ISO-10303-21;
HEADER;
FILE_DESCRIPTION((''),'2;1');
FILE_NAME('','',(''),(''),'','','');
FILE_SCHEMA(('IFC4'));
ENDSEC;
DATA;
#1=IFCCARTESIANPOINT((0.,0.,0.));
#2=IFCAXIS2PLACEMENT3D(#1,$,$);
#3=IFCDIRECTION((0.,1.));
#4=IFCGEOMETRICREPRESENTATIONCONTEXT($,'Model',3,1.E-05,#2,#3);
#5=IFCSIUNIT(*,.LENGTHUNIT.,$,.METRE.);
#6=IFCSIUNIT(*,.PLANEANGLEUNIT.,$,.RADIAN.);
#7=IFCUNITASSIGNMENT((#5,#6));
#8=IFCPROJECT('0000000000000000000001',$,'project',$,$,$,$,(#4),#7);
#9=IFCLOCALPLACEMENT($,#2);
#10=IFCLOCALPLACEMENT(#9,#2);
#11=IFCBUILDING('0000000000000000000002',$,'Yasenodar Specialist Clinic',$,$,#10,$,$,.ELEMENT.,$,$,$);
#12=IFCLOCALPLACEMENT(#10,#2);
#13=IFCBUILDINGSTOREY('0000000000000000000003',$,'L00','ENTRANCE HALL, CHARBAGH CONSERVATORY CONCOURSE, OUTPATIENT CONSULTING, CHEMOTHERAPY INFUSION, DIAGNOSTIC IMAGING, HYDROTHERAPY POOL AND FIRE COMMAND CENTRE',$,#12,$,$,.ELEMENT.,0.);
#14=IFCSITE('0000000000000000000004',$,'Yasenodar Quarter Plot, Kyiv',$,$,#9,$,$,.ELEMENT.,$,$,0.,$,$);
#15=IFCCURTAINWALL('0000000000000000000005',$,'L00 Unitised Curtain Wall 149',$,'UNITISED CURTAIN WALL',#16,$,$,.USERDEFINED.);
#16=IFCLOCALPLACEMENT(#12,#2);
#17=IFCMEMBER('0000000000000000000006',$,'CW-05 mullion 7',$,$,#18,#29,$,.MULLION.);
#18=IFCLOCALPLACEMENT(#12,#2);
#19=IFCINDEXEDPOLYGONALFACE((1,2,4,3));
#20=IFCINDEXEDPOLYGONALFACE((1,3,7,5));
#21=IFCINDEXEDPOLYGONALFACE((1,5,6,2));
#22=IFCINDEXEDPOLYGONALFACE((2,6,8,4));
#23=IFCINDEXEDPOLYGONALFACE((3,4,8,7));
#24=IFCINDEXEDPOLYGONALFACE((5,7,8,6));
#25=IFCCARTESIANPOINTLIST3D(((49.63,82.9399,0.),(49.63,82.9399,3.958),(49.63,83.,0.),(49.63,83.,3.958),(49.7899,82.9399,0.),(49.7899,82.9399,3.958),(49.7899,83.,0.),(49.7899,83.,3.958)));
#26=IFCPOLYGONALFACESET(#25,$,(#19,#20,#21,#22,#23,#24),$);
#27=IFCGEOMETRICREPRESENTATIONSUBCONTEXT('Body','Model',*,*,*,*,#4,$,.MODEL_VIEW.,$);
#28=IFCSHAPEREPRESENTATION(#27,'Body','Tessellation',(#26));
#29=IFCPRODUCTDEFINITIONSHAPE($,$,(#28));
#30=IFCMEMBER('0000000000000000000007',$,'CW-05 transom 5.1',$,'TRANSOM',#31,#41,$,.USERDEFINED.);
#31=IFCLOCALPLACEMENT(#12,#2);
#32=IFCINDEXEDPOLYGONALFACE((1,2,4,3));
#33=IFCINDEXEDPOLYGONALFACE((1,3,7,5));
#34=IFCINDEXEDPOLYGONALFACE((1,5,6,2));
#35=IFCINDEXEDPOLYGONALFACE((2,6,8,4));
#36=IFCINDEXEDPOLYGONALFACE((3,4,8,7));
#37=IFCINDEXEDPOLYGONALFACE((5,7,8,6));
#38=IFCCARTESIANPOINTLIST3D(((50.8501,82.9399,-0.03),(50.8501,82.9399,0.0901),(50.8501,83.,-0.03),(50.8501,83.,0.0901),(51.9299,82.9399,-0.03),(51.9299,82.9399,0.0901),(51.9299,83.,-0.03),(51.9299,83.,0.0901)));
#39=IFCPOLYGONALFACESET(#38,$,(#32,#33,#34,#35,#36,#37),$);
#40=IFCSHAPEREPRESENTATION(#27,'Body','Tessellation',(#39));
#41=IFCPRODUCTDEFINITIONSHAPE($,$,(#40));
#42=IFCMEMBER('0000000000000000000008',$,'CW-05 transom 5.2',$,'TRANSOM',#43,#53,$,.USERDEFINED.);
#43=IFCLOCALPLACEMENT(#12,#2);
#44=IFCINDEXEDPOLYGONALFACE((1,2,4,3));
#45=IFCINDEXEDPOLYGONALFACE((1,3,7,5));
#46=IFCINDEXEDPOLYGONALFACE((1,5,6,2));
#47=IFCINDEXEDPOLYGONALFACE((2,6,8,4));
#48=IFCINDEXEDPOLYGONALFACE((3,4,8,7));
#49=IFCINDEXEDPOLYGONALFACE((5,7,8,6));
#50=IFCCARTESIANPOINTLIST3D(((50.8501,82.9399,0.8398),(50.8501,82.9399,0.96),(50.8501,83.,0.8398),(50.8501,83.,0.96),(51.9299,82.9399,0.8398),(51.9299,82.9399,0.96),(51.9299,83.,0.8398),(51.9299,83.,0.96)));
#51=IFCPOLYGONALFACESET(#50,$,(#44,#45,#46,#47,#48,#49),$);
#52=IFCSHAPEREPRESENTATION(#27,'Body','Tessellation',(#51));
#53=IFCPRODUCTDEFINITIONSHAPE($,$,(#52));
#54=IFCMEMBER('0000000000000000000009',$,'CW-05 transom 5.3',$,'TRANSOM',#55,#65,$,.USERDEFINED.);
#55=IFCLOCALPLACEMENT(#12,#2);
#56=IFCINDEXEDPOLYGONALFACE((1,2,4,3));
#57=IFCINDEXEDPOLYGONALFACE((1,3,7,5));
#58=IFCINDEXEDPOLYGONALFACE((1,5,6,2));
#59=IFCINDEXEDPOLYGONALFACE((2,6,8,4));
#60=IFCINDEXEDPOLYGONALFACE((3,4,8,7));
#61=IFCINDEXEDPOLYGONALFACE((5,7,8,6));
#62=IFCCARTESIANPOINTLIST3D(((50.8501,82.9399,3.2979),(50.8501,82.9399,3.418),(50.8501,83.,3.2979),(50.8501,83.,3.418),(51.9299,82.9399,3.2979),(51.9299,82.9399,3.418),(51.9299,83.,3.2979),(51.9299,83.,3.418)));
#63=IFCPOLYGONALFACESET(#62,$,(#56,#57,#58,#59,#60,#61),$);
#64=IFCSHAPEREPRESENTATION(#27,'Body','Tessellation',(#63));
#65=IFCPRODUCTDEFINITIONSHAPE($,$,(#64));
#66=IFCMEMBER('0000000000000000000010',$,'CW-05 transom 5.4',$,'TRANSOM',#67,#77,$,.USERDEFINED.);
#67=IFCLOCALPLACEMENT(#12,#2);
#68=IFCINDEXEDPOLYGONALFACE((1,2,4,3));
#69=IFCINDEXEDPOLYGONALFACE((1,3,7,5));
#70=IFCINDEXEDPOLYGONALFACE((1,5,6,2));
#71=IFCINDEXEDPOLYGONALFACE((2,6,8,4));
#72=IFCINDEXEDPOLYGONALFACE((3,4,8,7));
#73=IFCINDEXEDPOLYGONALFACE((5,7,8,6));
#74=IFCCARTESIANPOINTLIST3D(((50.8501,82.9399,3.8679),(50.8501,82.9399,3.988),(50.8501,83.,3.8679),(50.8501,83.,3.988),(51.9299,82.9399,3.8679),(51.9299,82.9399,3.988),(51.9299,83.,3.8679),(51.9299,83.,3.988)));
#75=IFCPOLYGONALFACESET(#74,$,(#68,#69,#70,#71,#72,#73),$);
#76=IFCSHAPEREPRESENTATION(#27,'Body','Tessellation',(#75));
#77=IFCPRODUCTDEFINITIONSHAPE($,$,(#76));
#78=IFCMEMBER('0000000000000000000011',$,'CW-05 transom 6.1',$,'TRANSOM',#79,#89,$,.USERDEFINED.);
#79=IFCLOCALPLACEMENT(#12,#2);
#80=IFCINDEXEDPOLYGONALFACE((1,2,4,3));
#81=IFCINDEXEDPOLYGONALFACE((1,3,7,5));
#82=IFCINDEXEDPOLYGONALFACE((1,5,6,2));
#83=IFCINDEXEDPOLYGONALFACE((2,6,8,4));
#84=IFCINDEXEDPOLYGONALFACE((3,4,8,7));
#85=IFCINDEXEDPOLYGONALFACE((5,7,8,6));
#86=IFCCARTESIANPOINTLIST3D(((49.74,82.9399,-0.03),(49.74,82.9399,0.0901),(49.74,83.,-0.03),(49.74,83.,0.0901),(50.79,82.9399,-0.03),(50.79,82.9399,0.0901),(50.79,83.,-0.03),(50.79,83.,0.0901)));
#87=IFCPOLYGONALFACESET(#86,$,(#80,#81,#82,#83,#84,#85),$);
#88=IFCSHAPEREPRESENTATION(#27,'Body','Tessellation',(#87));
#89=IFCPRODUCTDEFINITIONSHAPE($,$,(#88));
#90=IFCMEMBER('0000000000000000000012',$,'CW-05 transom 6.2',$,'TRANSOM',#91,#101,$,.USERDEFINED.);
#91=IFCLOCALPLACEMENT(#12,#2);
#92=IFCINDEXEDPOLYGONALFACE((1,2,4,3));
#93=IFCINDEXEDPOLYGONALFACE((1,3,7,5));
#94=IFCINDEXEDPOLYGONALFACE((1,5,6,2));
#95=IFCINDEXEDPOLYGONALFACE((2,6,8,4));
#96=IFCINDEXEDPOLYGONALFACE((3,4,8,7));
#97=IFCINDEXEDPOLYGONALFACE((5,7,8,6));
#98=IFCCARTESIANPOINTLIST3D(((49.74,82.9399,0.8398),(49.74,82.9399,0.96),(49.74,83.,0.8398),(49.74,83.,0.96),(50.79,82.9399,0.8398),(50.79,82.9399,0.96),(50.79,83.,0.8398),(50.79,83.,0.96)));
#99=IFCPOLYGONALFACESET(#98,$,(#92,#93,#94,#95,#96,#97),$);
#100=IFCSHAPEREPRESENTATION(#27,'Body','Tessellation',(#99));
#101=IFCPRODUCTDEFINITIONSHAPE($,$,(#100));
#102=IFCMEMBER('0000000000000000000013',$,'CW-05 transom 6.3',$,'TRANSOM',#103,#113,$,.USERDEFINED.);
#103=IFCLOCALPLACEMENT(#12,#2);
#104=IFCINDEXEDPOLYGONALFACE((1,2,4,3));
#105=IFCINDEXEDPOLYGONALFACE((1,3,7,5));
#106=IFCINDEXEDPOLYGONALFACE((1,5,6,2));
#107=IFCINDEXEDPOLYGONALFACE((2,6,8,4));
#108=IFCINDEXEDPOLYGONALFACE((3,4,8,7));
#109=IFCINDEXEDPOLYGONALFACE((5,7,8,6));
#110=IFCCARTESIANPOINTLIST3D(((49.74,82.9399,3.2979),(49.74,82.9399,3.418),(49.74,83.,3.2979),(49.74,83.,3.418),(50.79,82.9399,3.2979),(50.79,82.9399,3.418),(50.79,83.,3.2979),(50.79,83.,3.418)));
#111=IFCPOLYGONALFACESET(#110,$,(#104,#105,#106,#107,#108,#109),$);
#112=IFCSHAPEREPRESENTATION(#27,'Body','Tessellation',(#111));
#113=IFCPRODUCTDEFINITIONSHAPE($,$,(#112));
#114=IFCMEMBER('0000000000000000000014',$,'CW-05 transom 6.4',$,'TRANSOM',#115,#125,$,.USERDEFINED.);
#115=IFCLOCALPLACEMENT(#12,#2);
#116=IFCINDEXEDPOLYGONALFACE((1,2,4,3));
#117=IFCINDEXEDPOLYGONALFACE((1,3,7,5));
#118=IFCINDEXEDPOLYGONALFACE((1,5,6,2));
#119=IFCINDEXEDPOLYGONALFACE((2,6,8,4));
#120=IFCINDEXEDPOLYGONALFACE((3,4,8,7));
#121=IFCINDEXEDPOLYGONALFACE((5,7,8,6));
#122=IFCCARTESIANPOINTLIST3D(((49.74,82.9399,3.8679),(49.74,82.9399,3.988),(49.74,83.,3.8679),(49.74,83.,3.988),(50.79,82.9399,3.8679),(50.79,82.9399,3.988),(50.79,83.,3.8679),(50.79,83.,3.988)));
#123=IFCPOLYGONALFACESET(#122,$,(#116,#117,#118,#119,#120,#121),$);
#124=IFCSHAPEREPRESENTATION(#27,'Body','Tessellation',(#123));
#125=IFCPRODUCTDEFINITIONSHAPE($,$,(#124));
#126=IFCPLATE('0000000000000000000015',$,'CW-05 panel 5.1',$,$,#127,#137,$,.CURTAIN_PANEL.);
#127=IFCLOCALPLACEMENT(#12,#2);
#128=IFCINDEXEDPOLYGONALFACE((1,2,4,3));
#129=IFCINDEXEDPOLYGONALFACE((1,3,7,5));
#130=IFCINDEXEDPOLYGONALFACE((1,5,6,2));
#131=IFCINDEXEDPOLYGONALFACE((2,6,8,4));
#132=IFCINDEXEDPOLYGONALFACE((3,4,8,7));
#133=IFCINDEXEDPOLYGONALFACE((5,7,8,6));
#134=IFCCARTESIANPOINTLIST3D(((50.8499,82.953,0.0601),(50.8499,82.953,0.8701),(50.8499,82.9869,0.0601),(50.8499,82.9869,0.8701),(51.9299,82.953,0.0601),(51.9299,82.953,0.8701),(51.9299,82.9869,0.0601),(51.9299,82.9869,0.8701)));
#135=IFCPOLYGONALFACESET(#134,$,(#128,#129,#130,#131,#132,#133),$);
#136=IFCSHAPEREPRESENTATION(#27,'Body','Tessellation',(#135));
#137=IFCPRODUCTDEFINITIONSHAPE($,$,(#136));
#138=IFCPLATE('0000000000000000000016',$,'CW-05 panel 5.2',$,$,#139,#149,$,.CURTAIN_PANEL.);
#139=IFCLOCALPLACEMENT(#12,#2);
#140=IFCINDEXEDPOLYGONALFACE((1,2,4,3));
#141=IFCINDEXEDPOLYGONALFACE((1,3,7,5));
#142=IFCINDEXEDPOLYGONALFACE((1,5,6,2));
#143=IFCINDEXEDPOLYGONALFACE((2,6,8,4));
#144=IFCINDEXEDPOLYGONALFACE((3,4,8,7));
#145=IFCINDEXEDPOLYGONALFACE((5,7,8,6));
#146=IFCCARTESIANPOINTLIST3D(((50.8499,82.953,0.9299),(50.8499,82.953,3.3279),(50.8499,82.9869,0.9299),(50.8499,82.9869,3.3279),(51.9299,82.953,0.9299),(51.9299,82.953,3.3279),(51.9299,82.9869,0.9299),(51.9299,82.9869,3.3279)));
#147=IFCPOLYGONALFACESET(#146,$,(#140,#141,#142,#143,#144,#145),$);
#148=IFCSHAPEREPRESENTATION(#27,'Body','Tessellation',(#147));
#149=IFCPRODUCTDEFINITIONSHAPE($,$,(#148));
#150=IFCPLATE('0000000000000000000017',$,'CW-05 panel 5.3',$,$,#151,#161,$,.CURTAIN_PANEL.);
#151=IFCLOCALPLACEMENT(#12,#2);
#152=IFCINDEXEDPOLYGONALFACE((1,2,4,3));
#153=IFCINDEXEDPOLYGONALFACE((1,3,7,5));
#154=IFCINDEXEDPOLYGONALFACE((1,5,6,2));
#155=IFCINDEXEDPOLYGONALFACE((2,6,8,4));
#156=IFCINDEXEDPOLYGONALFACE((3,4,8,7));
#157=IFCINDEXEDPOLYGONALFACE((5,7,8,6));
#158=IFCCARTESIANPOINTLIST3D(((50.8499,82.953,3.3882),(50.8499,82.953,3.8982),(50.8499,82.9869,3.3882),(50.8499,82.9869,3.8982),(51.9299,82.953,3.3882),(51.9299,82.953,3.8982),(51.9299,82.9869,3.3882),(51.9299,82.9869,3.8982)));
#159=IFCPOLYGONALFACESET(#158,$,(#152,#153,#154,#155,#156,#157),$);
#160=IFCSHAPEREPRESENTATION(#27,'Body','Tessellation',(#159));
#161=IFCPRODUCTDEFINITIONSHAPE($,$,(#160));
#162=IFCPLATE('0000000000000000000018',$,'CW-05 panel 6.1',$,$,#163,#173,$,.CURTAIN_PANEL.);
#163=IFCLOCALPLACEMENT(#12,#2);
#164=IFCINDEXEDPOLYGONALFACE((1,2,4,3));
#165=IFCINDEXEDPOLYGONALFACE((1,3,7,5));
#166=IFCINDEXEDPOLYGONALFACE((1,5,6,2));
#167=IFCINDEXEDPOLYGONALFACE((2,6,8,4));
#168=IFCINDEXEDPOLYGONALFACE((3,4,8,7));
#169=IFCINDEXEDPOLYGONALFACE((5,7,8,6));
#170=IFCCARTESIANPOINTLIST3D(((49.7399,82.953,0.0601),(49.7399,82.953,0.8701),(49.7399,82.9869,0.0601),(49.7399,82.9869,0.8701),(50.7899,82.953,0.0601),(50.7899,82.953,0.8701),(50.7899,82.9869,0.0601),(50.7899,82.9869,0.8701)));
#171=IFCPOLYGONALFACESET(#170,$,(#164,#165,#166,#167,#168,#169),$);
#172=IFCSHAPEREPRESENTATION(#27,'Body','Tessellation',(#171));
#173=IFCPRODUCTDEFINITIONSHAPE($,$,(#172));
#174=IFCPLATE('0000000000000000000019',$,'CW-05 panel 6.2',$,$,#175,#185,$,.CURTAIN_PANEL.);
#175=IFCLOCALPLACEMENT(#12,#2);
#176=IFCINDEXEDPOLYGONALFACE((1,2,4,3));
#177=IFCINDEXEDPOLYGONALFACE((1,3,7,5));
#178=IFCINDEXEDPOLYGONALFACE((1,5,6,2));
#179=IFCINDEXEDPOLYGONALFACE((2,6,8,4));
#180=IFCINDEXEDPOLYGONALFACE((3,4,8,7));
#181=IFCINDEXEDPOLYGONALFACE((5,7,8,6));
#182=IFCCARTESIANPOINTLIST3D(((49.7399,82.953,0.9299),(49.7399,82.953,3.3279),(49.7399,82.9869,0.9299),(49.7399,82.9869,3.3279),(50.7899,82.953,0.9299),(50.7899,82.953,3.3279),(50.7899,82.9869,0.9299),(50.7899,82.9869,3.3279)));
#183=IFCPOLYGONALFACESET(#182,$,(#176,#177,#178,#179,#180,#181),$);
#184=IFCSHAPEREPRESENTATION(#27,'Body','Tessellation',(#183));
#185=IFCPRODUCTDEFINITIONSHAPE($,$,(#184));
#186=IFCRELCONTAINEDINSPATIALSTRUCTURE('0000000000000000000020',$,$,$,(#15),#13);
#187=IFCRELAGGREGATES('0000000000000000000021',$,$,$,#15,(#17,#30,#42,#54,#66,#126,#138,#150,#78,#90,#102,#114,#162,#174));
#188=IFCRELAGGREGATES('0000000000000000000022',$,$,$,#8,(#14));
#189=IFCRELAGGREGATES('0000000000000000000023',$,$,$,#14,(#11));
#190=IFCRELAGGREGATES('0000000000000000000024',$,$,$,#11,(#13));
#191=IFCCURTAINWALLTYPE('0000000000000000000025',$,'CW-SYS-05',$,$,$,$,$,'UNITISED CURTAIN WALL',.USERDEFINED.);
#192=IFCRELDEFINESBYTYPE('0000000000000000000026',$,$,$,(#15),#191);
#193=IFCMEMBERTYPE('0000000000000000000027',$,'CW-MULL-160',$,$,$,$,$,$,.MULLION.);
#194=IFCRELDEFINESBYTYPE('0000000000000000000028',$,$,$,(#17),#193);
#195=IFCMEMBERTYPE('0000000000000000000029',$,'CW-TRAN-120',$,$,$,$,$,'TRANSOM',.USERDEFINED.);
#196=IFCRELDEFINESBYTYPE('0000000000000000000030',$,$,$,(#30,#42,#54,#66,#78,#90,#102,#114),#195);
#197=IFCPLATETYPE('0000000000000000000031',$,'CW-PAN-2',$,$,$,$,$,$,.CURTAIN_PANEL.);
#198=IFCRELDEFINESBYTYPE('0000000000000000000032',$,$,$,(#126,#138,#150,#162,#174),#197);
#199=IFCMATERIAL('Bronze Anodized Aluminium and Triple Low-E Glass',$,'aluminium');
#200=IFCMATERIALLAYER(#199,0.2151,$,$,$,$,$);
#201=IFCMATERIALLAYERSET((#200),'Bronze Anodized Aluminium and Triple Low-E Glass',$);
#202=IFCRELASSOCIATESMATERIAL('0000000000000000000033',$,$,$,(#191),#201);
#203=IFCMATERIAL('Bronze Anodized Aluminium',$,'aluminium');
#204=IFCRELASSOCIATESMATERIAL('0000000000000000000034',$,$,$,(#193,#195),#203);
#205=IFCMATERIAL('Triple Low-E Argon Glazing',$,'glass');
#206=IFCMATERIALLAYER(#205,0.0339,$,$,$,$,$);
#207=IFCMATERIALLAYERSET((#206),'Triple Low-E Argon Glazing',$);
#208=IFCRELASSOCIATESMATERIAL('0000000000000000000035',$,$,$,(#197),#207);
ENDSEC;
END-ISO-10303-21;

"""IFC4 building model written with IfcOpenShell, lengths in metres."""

from ifc_helpers import new_model, si_unit, direction, frame, origin, origin_2d, place, context, subcontext, project, spatial, rectangle, extrude, material, layer, layer_set, material_profile, profile_set, type_object, element, aggregate, save


model = new_model("IFC4")

# Units and contexts
model_context = context("Model", 3, precision=1e-05, world=origin(), true_north=direction((0.0, 1.0)))
body_context = subcontext(model_context, "Body", "Model", "MODEL_VIEW")
ifc_project = project(units=[si_unit("LENGTHUNIT", "METRE"), si_unit("PLANEANGLEUNIT", "RADIAN")], contexts=[model_context])

# Site, building, storey
site_placement = place(None, origin())
site = spatial("IfcSite", under=ifc_project, at=site_placement, Name="Yasenodar Quarter Plot, Kyiv", CompositionType="ELEMENT", RefElevation=0.0)
building_placement = place(site_placement, origin())
building = spatial("IfcBuilding", under=site, at=building_placement, Name="Yasenodar Specialist Clinic", CompositionType="ELEMENT")
storey_placement = place(building_placement, origin())
storey = spatial("IfcBuildingStorey", under=building, at=storey_placement, Name="L00", Description="ENTRANCE HALL, CHARBAGH CONSERVATORY CONCOURSE, OUTPATIENT CONSULTING, CHEMOTHERAPY INFUSION, DIAGNOSTIC IMAGING, HYDROTHERAPY POOL AND FIRE COMMAND CENTRE", CompositionType="ELEMENT", Elevation=0.0)

# Curtain wall, members, plates
ifc_material_1 = material(Name="Bronze Anodized Aluminium and Triple Low-E Glass", Category="aluminium")
ifc_layer_1 = layer(ifc_material_1, 0.2151)
ifc_layer_set_1 = layer_set([ifc_layer_1], Name="Bronze Anodized Aluminium and Triple Low-E Glass")
curtain_wall_type = type_object("IfcCurtainWallType", Name="CW-SYS-05", ElementType="UNITISED CURTAIN WALL", PredefinedType="USERDEFINED", material=ifc_layer_set_1)
curtain_wall_placement = place(storey_placement, origin())
curtain_wall = element("IfcCurtainWall", 1, at=curtain_wall_placement, inside=storey, type_object=curtain_wall_type, Name="L00 Unitised Curtain Wall 149", ObjectType="UNITISED CURTAIN WALL", PredefinedType="USERDEFINED")
ifc_material_2 = material(Name="Bronze Anodized Aluminium", Category="aluminium")
ifc_material_profile_1 = material_profile(ifc_material_2, rectangle(XDim=0.0601, YDim=0.1599, at=origin_2d()), Name="CW-MULL 60x160")
ifc_profile_set_1 = profile_set([ifc_material_profile_1], Name="Bronze Anodized Aluminium")
member_type_1 = type_object("IfcMemberType", Name="CW-MULL-160", PredefinedType="MULLION", material=ifc_profile_set_1)
member_1_placement = place(storey_placement, frame((49.71, 82.97, 0.0), z_axis=(0.0, 0.0, 1.0), x_axis=(0.0, -1.0, 0.0)))
member_1 = element("IfcMember", 2, at=member_1_placement, type_object=member_type_1, Name="CW-05 mullion 7", PredefinedType="MULLION", context=body_context, shape_type="SweptSolid", body=[
    extrude(rectangle(XDim=0.0601, YDim=0.1599, at=origin_2d()), origin(), (0.0, 0.0, 1.0), 3.958),
])
ifc_material_profile_2 = material_profile(ifc_material_2, rectangle(XDim=0.0601, YDim=0.1201, at=origin_2d()), Name="CW-TRAN 60x120")
ifc_profile_set_2 = profile_set([ifc_material_profile_2], Name="Bronze Anodized Aluminium")
member_type_2 = type_object("IfcMemberType", Name="CW-TRAN-120", ElementType="TRANSOM", PredefinedType="USERDEFINED", material=ifc_profile_set_2)
member_2_placement = place(storey_placement, frame((51.9299, 82.97, 0.03), z_axis=(-1.0, 0.0, 0.0), x_axis=(0.0, -1.0, 0.0)))
member_2 = element("IfcMember", 3, at=member_2_placement, type_object=member_type_2, Name="CW-05 transom 5.1", ObjectType="TRANSOM", PredefinedType="USERDEFINED", context=body_context, shape_type="SweptSolid", body=[
    extrude(rectangle(XDim=0.0601, YDim=0.1201, at=origin_2d()), origin(), (0.0, 0.0, 1.0), 1.0798),
])
member_3_placement = place(storey_placement, frame((51.9299, 82.97, 0.8999), z_axis=(-1.0, 0.0, 0.0), x_axis=(0.0, -1.0, 0.0)))
member_3 = element("IfcMember", 4, at=member_3_placement, type_object=member_type_2, Name="CW-05 transom 5.2", ObjectType="TRANSOM", PredefinedType="USERDEFINED", context=body_context, shape_type="SweptSolid", body=[
    extrude(rectangle(XDim=0.0601, YDim=0.1201, at=origin_2d()), origin(), (0.0, 0.0, 1.0), 1.0798),
])
member_4_placement = place(storey_placement, frame((51.9299, 82.97, 3.3579), z_axis=(-1.0, 0.0, 0.0), x_axis=(0.0, -1.0, 0.0)))
member_4 = element("IfcMember", 5, at=member_4_placement, type_object=member_type_2, Name="CW-05 transom 5.3", ObjectType="TRANSOM", PredefinedType="USERDEFINED", context=body_context, shape_type="SweptSolid", body=[
    extrude(rectangle(XDim=0.0601, YDim=0.1201, at=origin_2d()), origin(), (0.0, 0.0, 1.0), 1.0798),
])
member_5_placement = place(storey_placement, frame((51.9299, 82.97, 3.928), z_axis=(-1.0, 0.0, 0.0), x_axis=(0.0, -1.0, 0.0)))
member_5 = element("IfcMember", 6, at=member_5_placement, type_object=member_type_2, Name="CW-05 transom 5.4", ObjectType="TRANSOM", PredefinedType="USERDEFINED", context=body_context, shape_type="SweptSolid", body=[
    extrude(rectangle(XDim=0.0601, YDim=0.1201, at=origin_2d()), origin(), (0.0, 0.0, 1.0), 1.0798),
])
member_6_placement = place(storey_placement, frame((50.79, 82.97, 0.03), z_axis=(-1.0, 0.0, 0.0), x_axis=(0.0, -1.0, 0.0)))
member_6 = element("IfcMember", 7, at=member_6_placement, type_object=member_type_2, Name="CW-05 transom 6.1", ObjectType="TRANSOM", PredefinedType="USERDEFINED", context=body_context, shape_type="SweptSolid", body=[
    extrude(rectangle(XDim=0.0601, YDim=0.1201, at=origin_2d()), origin(), (0.0, 0.0, 1.0), 1.05),
])
member_7_placement = place(storey_placement, frame((50.79, 82.97, 0.8999), z_axis=(-1.0, 0.0, 0.0), x_axis=(0.0, -1.0, 0.0)))
member_7 = element("IfcMember", 8, at=member_7_placement, type_object=member_type_2, Name="CW-05 transom 6.2", ObjectType="TRANSOM", PredefinedType="USERDEFINED", context=body_context, shape_type="SweptSolid", body=[
    extrude(rectangle(XDim=0.0601, YDim=0.1201, at=origin_2d()), origin(), (0.0, 0.0, 1.0), 1.05),
])
member_8_placement = place(storey_placement, frame((50.79, 82.97, 3.3579), z_axis=(-1.0, 0.0, 0.0), x_axis=(0.0, -1.0, 0.0)))
member_8 = element("IfcMember", 9, at=member_8_placement, type_object=member_type_2, Name="CW-05 transom 6.3", ObjectType="TRANSOM", PredefinedType="USERDEFINED", context=body_context, shape_type="SweptSolid", body=[
    extrude(rectangle(XDim=0.0601, YDim=0.1201, at=origin_2d()), origin(), (0.0, 0.0, 1.0), 1.05),
])
member_9_placement = place(storey_placement, frame((50.79, 82.97, 3.928), z_axis=(-1.0, 0.0, 0.0), x_axis=(0.0, -1.0, 0.0)))
member_9 = element("IfcMember", 10, at=member_9_placement, type_object=member_type_2, Name="CW-05 transom 6.4", ObjectType="TRANSOM", PredefinedType="USERDEFINED", context=body_context, shape_type="SweptSolid", body=[
    extrude(rectangle(XDim=0.0601, YDim=0.1201, at=origin_2d()), origin(), (0.0, 0.0, 1.0), 1.05),
])
ifc_material_3 = material(Name="Triple Low-E Argon Glazing", Category="glass")
ifc_layer_2 = layer(ifc_material_3, 0.0339)
ifc_layer_set_2 = layer_set([ifc_layer_2], Name="Triple Low-E Argon Glazing")
plate_type = type_object("IfcPlateType", Name="CW-PAN-2", PredefinedType="CURTAIN_PANEL", material=ifc_layer_set_2)
plate_1_placement = place(storey_placement, frame((51.3899, 82.97, 0.0601), z_axis=(0.0, 0.0, 1.0), x_axis=(-1.0, 0.0, 0.0)))
plate_1 = element("IfcPlate", 11, at=plate_1_placement, type_object=plate_type, Name="CW-05 panel 5.1", PredefinedType="CURTAIN_PANEL", context=body_context, shape_type="SweptSolid", body=[
    extrude(rectangle(XDim=1.0801, YDim=0.0339, at=origin_2d()), origin(), (0.0, 0.0, 1.0), 0.8101),
])
plate_2_placement = place(storey_placement, frame((51.3899, 82.97, 0.9299), z_axis=(0.0, 0.0, 1.0), x_axis=(-1.0, 0.0, 0.0)))
plate_2 = element("IfcPlate", 12, at=plate_2_placement, type_object=plate_type, Name="CW-05 panel 5.2", PredefinedType="CURTAIN_PANEL", context=body_context, shape_type="SweptSolid", body=[
    extrude(rectangle(XDim=1.0801, YDim=0.0339, at=origin_2d()), origin(), (0.0, 0.0, 1.0), 2.3979),
])
plate_3_placement = place(storey_placement, frame((51.3899, 82.97, 3.3882), z_axis=(0.0, 0.0, 1.0), x_axis=(-1.0, 0.0, 0.0)))
plate_3 = element("IfcPlate", 13, at=plate_3_placement, type_object=plate_type, Name="CW-05 panel 5.3", PredefinedType="CURTAIN_PANEL", context=body_context, shape_type="SweptSolid", body=[
    extrude(rectangle(XDim=1.0801, YDim=0.0339, at=origin_2d()), origin(), (0.0, 0.0, 1.0), 0.51),
])
plate_4_placement = place(storey_placement, frame((50.2649, 82.97, 0.0601), z_axis=(0.0, 0.0, 1.0), x_axis=(-1.0, 0.0, 0.0)))
plate_4 = element("IfcPlate", 14, at=plate_4_placement, type_object=plate_type, Name="CW-05 panel 6.1", PredefinedType="CURTAIN_PANEL", context=body_context, shape_type="SweptSolid", body=[
    extrude(rectangle(XDim=1.05, YDim=0.0339, at=origin_2d()), origin(), (0.0, 0.0, 1.0), 0.8101),
])
plate_5_placement = place(storey_placement, frame((50.2649, 82.97, 0.9299), z_axis=(0.0, 0.0, 1.0), x_axis=(-1.0, 0.0, 0.0)))
plate_5 = element("IfcPlate", 15, at=plate_5_placement, type_object=plate_type, Name="CW-05 panel 6.2", PredefinedType="CURTAIN_PANEL", context=body_context, shape_type="SweptSolid", body=[
    extrude(rectangle(XDim=1.05, YDim=0.0339, at=origin_2d()), origin(), (0.0, 0.0, 1.0), 2.3979),
])
aggregate(curtain_wall, [member_1, member_2, member_3, member_4, member_5, plate_1, plate_2, plate_3, member_6, member_7, member_8, member_9, plate_4, plate_5])

save(model, "model.ifc")
